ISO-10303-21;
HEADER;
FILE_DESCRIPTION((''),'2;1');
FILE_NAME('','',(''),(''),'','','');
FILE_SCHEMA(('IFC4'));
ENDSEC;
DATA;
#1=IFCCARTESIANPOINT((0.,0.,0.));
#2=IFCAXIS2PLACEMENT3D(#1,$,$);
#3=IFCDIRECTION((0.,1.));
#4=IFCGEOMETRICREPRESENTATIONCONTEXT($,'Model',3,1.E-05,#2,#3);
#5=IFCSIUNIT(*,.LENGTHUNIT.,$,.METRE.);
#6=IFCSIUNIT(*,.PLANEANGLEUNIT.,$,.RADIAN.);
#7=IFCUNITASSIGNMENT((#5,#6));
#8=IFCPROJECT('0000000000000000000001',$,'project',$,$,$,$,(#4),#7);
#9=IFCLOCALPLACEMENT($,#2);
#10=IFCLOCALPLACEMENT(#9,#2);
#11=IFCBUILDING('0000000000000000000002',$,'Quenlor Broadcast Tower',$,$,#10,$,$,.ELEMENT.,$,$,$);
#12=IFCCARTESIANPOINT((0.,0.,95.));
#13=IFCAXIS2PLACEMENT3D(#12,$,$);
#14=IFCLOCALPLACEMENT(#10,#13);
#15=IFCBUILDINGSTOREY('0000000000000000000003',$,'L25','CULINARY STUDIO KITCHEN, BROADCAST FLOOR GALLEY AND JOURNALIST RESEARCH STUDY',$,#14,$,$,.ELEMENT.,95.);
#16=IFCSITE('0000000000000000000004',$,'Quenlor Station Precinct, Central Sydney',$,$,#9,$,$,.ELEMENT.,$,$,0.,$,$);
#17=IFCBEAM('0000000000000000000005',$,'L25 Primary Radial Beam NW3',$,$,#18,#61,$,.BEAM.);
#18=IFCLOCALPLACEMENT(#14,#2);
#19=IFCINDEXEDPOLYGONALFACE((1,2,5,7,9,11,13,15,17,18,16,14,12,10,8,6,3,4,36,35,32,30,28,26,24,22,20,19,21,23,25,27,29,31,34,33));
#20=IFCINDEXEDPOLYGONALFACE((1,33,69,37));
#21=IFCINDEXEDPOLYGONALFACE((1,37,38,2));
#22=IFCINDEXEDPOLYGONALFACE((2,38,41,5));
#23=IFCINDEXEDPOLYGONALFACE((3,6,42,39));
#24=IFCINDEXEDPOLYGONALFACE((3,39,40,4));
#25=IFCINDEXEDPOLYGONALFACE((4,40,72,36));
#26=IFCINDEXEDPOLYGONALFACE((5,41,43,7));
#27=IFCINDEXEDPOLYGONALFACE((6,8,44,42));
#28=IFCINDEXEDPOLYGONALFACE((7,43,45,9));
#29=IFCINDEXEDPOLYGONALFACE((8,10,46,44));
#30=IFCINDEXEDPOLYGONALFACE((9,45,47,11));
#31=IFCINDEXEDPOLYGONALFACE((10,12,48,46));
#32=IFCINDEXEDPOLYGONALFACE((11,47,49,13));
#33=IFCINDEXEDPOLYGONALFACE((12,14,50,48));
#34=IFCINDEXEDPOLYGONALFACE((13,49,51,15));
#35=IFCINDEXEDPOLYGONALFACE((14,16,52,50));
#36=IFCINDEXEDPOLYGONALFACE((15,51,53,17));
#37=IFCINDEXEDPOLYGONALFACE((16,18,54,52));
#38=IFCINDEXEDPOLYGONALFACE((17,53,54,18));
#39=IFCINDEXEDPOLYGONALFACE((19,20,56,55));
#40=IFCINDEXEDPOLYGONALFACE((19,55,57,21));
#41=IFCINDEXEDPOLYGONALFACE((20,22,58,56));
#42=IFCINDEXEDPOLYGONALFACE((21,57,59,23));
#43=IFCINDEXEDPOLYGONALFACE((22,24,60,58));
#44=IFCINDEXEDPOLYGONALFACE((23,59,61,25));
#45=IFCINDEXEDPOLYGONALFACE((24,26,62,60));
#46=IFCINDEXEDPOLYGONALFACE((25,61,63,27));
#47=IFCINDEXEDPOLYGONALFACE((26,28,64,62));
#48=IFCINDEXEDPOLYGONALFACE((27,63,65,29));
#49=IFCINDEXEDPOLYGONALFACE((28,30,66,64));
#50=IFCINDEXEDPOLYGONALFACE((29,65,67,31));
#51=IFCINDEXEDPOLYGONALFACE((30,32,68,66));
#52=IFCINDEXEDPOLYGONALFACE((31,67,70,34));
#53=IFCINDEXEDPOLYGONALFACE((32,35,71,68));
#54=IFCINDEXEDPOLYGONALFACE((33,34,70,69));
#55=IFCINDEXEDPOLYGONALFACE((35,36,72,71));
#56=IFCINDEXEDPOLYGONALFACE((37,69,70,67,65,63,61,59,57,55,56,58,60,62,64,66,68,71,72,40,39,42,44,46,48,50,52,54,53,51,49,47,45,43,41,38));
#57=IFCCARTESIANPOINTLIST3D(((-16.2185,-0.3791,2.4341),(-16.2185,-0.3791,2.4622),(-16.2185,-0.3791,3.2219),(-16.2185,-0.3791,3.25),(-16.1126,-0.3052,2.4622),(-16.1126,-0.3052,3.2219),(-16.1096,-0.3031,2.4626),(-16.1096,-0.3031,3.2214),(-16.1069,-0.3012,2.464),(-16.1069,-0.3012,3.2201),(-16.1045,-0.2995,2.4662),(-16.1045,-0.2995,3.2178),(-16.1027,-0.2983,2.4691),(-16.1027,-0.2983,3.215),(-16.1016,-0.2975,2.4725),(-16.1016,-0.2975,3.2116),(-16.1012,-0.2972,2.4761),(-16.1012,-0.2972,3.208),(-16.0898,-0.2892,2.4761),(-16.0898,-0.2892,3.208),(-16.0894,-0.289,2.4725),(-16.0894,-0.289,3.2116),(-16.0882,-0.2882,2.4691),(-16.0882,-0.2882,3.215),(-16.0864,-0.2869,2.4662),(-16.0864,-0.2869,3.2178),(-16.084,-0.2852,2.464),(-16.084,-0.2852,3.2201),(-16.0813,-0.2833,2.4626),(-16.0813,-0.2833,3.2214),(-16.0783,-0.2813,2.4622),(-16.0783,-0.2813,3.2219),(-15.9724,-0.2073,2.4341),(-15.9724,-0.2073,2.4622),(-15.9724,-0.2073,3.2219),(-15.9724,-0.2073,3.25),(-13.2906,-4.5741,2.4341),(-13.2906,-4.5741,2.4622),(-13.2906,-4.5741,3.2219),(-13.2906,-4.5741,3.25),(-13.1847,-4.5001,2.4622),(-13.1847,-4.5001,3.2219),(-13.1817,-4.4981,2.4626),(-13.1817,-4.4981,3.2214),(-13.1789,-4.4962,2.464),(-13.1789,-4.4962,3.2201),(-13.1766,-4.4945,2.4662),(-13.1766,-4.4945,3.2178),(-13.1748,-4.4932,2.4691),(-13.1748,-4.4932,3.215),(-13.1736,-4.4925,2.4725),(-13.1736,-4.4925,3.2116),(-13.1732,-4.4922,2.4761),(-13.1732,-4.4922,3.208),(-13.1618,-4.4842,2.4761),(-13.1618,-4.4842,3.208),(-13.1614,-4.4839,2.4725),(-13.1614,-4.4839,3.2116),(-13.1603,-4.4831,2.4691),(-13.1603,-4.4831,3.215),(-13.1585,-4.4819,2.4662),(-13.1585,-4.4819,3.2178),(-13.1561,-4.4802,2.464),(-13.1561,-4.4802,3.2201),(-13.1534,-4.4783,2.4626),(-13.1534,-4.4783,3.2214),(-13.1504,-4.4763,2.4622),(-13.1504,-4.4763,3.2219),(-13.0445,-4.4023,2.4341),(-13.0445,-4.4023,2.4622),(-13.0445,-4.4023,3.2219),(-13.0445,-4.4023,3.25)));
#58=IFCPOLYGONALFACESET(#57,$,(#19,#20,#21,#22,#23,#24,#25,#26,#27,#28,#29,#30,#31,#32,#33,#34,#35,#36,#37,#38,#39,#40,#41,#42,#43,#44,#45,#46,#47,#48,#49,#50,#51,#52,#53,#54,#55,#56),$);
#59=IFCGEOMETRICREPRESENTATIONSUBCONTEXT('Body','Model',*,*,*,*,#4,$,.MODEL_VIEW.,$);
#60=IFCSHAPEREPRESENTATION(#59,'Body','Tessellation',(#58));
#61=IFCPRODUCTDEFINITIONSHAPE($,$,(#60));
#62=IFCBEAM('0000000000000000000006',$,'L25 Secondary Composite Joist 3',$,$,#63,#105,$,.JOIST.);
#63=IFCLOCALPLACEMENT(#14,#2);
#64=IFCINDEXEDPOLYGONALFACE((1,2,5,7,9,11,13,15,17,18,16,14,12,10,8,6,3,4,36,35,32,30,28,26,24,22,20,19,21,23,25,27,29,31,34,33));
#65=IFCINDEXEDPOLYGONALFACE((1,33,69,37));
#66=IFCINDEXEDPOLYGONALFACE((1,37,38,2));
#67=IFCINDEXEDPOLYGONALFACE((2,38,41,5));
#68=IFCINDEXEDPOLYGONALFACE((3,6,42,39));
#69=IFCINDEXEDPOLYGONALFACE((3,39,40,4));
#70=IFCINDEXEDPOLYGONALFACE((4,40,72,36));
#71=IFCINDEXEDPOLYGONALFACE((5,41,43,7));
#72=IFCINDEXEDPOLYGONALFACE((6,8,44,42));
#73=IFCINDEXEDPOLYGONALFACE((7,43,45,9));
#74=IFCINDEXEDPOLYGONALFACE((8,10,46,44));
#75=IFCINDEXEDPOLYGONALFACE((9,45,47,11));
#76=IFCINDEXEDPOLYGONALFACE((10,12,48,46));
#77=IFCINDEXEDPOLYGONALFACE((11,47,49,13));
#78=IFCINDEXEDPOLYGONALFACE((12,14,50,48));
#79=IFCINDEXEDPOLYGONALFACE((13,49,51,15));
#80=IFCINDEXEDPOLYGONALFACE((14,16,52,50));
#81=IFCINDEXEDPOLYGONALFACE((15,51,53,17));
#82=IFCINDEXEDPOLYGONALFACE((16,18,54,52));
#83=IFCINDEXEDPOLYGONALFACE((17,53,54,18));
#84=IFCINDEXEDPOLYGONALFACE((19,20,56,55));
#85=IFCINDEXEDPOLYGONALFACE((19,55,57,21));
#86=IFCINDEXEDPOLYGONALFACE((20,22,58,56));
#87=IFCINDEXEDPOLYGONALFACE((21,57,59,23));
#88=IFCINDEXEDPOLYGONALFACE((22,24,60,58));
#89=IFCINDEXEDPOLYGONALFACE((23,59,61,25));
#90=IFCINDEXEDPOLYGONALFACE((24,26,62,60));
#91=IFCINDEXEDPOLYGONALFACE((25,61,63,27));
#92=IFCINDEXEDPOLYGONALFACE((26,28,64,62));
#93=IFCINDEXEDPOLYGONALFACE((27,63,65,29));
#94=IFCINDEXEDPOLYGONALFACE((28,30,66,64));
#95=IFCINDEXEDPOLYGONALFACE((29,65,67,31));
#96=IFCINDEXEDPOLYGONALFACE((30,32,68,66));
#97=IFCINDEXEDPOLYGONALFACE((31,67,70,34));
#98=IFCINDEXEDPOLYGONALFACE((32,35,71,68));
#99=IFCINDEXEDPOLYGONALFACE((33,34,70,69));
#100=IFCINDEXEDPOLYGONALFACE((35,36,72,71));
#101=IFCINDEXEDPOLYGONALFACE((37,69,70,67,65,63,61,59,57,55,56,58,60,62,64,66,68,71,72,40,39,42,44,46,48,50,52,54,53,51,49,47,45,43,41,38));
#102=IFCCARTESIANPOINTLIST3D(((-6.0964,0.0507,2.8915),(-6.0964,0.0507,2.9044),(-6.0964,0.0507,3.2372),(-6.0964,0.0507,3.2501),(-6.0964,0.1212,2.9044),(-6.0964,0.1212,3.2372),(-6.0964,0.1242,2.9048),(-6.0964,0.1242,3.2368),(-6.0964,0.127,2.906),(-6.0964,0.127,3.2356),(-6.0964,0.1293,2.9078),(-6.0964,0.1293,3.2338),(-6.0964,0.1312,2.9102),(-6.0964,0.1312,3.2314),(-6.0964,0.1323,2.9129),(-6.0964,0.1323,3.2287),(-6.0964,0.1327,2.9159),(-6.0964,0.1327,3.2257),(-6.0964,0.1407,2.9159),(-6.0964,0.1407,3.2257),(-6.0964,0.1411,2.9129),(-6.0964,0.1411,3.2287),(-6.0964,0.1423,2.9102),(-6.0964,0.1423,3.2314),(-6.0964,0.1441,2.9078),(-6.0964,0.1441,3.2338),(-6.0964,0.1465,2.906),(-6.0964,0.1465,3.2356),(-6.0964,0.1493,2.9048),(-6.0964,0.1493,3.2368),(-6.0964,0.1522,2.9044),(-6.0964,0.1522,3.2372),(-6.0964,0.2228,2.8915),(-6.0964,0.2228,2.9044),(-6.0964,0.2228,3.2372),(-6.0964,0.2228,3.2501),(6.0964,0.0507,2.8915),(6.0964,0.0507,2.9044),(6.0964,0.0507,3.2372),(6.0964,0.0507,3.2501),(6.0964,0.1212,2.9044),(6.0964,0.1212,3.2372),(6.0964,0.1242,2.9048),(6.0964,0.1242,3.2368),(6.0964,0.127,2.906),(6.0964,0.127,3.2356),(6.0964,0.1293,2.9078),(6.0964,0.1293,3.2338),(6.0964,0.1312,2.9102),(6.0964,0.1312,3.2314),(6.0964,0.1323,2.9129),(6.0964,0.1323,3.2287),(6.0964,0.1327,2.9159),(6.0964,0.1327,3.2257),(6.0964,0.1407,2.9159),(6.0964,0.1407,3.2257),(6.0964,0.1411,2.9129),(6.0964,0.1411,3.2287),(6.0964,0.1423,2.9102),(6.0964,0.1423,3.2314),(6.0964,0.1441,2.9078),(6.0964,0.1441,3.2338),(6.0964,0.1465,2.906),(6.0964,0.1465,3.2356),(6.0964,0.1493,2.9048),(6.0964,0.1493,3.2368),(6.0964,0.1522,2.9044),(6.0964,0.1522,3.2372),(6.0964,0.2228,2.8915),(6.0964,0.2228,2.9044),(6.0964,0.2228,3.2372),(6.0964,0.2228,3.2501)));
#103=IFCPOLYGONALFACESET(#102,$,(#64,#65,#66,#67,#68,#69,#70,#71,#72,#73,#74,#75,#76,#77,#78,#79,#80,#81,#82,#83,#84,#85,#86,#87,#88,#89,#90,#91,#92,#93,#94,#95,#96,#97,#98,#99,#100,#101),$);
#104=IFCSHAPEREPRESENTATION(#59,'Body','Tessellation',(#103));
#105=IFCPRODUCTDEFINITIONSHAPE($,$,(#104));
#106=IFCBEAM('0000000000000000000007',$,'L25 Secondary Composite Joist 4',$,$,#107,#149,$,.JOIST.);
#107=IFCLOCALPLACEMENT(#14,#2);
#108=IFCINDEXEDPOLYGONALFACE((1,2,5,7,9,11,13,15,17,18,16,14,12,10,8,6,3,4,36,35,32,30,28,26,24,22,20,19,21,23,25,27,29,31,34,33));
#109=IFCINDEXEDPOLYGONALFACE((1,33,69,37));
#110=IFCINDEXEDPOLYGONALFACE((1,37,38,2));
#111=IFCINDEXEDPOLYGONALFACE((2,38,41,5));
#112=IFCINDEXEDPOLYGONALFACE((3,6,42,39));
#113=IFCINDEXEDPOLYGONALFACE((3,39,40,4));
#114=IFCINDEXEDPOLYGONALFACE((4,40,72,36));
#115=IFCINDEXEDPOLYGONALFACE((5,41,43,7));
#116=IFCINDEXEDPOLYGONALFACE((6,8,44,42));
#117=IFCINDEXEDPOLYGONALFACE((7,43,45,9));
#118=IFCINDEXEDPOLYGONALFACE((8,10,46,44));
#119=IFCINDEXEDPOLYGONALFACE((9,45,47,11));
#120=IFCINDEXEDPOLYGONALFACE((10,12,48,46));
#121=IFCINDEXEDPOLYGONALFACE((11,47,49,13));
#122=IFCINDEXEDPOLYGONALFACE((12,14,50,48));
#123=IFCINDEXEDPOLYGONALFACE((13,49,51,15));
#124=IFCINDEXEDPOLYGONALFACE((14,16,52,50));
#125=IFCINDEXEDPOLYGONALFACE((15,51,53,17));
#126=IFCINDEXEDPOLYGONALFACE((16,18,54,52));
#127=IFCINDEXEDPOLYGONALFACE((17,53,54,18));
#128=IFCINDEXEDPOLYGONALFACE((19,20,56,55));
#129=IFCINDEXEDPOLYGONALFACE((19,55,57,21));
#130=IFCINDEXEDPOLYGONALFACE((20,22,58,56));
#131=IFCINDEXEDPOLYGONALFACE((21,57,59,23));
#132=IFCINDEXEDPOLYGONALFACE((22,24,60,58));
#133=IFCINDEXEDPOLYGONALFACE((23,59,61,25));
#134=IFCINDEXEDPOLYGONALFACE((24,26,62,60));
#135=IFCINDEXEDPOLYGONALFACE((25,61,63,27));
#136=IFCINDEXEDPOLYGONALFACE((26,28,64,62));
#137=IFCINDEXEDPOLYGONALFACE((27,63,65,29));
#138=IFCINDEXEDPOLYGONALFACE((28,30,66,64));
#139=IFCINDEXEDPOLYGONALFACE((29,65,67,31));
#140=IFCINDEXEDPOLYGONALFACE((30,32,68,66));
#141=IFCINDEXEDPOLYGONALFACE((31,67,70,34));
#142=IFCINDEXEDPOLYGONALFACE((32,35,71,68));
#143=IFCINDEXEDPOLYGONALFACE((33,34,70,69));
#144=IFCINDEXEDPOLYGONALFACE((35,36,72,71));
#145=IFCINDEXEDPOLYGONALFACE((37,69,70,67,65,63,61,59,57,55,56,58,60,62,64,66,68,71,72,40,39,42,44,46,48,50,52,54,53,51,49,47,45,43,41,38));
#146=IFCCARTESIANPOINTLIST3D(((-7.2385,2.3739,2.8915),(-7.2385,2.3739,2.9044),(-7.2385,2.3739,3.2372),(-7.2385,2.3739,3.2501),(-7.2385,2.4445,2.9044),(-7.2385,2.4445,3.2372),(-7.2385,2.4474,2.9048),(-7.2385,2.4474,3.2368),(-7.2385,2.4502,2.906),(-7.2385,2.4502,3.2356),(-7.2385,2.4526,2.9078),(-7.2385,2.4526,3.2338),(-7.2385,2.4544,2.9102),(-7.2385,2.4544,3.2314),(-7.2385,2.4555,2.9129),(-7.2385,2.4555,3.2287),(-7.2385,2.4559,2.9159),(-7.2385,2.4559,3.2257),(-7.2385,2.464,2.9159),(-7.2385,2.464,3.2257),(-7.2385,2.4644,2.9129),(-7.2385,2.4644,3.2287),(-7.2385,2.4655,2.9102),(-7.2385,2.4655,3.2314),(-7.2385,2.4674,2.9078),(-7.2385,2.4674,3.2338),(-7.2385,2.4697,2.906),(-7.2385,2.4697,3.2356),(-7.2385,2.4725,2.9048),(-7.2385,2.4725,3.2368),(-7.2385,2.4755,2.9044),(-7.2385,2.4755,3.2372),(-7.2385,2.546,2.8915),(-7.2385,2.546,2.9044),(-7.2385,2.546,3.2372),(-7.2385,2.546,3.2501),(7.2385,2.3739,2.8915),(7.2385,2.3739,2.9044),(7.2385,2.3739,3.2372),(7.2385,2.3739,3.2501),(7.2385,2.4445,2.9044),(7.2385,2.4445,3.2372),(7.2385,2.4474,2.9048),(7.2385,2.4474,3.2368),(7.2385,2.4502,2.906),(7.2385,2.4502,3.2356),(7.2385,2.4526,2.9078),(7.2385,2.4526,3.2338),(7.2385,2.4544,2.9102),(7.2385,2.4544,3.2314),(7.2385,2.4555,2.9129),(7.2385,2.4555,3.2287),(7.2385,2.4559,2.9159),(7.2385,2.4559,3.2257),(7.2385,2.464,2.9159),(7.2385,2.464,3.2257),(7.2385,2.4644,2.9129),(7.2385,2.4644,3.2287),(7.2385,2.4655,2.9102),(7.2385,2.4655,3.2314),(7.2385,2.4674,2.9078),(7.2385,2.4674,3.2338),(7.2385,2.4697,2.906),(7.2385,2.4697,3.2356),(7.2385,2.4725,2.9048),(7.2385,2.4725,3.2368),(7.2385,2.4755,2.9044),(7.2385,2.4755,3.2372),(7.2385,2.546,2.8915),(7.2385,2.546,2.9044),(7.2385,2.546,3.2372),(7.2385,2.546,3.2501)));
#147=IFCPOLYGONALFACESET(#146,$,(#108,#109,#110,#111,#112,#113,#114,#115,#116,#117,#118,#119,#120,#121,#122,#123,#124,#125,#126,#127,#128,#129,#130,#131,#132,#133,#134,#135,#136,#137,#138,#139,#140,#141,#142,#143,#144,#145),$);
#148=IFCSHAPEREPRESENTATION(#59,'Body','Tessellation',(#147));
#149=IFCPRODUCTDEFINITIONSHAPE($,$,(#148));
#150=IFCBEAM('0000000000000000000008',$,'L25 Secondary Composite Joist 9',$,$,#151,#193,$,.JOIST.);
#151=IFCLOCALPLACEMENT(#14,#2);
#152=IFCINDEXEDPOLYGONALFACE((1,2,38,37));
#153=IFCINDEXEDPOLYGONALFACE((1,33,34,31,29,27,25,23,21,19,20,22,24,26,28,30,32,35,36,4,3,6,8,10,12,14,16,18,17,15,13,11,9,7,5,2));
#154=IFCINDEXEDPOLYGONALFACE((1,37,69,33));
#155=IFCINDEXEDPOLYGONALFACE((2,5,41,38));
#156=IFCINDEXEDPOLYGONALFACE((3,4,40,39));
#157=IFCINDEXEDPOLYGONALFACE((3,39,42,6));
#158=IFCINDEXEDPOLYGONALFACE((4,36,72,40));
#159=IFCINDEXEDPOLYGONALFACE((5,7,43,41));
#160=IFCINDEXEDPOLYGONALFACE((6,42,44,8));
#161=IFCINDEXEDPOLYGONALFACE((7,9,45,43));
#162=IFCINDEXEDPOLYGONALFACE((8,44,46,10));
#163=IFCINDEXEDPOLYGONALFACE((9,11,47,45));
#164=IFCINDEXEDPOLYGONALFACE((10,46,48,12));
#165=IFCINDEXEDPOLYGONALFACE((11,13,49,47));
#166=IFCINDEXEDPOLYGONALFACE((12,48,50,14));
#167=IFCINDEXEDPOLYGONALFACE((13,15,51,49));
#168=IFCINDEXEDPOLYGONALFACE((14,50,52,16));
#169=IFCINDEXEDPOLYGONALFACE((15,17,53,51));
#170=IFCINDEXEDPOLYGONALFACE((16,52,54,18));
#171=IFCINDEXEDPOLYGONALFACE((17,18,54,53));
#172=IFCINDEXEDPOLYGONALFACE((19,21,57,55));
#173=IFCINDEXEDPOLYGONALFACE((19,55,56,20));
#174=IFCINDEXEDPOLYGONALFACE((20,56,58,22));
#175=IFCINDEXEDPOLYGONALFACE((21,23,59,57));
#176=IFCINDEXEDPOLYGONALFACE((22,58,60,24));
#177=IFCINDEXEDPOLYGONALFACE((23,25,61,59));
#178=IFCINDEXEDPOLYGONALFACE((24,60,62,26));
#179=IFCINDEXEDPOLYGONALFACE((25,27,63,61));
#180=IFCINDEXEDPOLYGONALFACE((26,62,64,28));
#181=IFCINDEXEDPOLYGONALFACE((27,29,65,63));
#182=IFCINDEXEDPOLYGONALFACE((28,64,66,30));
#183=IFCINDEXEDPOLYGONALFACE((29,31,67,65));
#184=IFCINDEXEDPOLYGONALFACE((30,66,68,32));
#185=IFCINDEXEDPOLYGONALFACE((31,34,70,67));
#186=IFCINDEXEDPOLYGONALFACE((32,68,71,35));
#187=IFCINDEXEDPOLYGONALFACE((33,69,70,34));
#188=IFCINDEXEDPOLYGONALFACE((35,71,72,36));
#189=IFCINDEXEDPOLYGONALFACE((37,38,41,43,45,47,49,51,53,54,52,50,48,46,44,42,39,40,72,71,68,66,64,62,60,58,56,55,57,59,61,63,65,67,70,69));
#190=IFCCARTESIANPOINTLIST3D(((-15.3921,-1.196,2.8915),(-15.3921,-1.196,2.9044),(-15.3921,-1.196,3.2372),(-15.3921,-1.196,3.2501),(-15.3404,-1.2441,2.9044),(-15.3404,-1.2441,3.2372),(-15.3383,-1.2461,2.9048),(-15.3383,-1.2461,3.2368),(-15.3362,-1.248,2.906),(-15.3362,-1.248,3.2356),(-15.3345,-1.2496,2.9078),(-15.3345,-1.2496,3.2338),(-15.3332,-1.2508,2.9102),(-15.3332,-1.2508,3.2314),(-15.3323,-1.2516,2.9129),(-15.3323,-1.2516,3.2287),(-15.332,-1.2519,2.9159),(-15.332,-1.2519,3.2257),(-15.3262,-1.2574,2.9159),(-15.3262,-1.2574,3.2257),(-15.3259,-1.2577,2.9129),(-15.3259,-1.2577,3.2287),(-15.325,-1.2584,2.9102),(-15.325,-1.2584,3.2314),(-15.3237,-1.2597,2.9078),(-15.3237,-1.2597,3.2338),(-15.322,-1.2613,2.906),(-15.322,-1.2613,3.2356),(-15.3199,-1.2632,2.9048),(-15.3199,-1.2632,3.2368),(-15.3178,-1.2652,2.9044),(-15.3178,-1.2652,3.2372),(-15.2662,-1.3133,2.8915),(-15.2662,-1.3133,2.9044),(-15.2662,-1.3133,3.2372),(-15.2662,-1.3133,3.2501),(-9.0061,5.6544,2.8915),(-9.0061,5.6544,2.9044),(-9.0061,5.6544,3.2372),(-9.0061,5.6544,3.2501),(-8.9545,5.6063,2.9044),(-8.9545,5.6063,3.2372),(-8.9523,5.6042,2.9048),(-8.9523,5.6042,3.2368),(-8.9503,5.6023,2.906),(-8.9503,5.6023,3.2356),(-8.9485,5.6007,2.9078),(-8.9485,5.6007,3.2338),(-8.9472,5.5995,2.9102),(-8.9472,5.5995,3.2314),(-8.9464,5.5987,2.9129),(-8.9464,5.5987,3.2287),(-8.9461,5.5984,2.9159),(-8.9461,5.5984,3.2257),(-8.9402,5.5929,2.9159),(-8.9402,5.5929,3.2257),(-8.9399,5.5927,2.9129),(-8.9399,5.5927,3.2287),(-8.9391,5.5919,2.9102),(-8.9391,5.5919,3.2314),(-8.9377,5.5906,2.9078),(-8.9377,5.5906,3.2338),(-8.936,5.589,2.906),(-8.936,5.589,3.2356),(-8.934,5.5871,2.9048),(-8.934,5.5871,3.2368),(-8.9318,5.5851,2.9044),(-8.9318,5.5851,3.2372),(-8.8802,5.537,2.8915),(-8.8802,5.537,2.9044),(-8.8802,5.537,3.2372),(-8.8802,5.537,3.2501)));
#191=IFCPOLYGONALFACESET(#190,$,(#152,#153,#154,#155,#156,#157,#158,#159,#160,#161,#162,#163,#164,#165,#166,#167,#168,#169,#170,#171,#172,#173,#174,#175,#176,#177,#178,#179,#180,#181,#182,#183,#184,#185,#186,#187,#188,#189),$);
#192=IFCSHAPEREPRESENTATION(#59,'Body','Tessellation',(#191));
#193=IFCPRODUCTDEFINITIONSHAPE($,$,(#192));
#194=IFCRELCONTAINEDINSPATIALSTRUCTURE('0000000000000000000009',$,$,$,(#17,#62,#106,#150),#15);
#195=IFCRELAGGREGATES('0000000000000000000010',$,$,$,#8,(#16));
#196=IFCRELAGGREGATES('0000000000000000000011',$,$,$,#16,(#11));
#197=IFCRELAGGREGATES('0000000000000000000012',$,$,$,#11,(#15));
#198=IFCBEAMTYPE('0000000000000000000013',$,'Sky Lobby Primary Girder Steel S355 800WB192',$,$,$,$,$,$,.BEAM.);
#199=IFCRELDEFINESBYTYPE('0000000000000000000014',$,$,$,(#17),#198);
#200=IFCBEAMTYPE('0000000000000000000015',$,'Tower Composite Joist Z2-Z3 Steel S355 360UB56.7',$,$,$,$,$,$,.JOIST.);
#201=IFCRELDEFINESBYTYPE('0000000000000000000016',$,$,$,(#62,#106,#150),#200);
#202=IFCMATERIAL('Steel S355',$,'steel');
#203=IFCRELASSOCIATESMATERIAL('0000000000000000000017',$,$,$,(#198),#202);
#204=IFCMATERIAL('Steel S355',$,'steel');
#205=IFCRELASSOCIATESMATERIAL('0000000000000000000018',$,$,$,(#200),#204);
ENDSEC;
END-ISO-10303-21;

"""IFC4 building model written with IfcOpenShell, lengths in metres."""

from ifc_helpers import new_model, si_unit, direction, frame, origin, origin_2d, place, context, subcontext, project, spatial, i_section, extrude, material, material_profile, profile_set, type_object, element, save


model = new_model("IFC4")

# Units and contexts
model_context = context("Model", 3, precision=1e-05, world=origin(), true_north=direction((0.0, 1.0)))
body_context = subcontext(model_context, "Body", "Model", "MODEL_VIEW")
ifc_project = project(units=[si_unit("LENGTHUNIT", "METRE"), si_unit("PLANEANGLEUNIT", "RADIAN")], contexts=[model_context])

# Site, building, storey
site_placement = place(None, origin())
site = spatial("IfcSite", under=ifc_project, at=site_placement, Name="Quenlor Station Precinct, Central Sydney", CompositionType="ELEMENT", RefElevation=0.0)
building_placement = place(site_placement, origin())
building = spatial("IfcBuilding", under=site, at=building_placement, Name="Quenlor Broadcast Tower", CompositionType="ELEMENT")
storey_placement = place(building_placement, frame((0.0, 0.0, 95.0)))
storey = spatial("IfcBuildingStorey", under=building, at=storey_placement, Name="L25", Description="CULINARY STUDIO KITCHEN, BROADCAST FLOOR GALLEY AND JOURNALIST RESEARCH STUDY", CompositionType="ELEMENT", Elevation=95.0)

# Beams
ifc_material_1 = material(Name="Steel S355", Category="steel")
ifc_material_profile_1 = material_profile(ifc_material_1, i_section(OverallWidth=0.3, OverallDepth=0.8159, WebThickness=0.0139, FlangeThickness=0.0281, FilletRadius=0.0139, at=origin_2d()))
ifc_profile_set_1 = profile_set([ifc_material_profile_1], Name="Steel S355 800WB192")
beam_type_1 = type_object("IfcBeamType", Name="Sky Lobby Primary Girder Steel S355 800WB192", PredefinedType="BEAM", material=ifc_profile_set_1)
beam_1_placement = place(storey_placement, frame((-16.0955, -0.2932, 2.842), z_axis=(0.572338, -0.820018, 0.0), x_axis=(0.820018, 0.572338, 0.0)))
element("IfcBeam", 1, at=beam_1_placement, inside=storey, type_object=beam_type_1, Name="L25 Primary Radial Beam NW3", PredefinedType="BEAM", context=body_context, shape_type="SweptSolid", body=[
    extrude(i_section(OverallWidth=0.3, OverallDepth=0.8159, WebThickness=0.0139, FlangeThickness=0.0281, FilletRadius=0.0139, at=origin_2d()), origin(), (0.0, 0.0, 1.0), 5.1157),
])
ifc_material_2 = material(Name="Steel S355", Category="steel")
ifc_material_profile_2 = material_profile(ifc_material_2, i_section(OverallWidth=0.1721, OverallDepth=0.3586, WebThickness=0.0081, FlangeThickness=0.0129, FilletRadius=0.0115, at=origin_2d()))
ifc_profile_set_2 = profile_set([ifc_material_profile_2], Name="Steel S355 360UB56.7")
beam_type_2 = type_object("IfcBeamType", Name="Tower Composite Joist Z2-Z3 Steel S355 360UB56.7", PredefinedType="JOIST", material=ifc_profile_set_2)
beam_2_placement = place(storey_placement, frame((-6.0964, 0.1367, 3.0708), z_axis=(1.0, 0.0, 0.0), x_axis=(0.0, 1.0, 0.0)))
element("IfcBeam", 2, at=beam_2_placement, inside=storey, type_object=beam_type_2, Name="L25 Secondary Composite Joist 3", PredefinedType="JOIST", context=body_context, shape_type="SweptSolid", body=[
    extrude(i_section(OverallWidth=0.1721, OverallDepth=0.3586, WebThickness=0.0081, FlangeThickness=0.0129, FilletRadius=0.0115, at=origin_2d()), origin(), (0.0, 0.0, 1.0), 12.1929),
])
beam_3_placement = place(storey_placement, frame((-7.2385, 2.46, 3.0708), z_axis=(1.0, 0.0, 0.0), x_axis=(0.0, 1.0, 0.0)))
element("IfcBeam", 3, at=beam_3_placement, inside=storey, type_object=beam_type_2, Name="L25 Secondary Composite Joist 4", PredefinedType="JOIST", context=body_context, shape_type="SweptSolid", body=[
    extrude(i_section(OverallWidth=0.1721, OverallDepth=0.3586, WebThickness=0.0081, FlangeThickness=0.0129, FilletRadius=0.0115, at=origin_2d()), origin(), (0.0, 0.0, 1.0), 14.4771),
])
beam_4_placement = place(storey_placement, frame((-15.3291, -1.2546, 3.0708), z_axis=(0.681881, 0.731463, 0.0), x_axis=(-0.731463, 0.681881, 0.0)))
element("IfcBeam", 4, at=beam_4_placement, inside=storey, type_object=beam_type_2, Name="L25 Secondary Composite Joist 9", PredefinedType="JOIST", context=body_context, shape_type="SweptSolid", body=[
    extrude(i_section(OverallWidth=0.1721, OverallDepth=0.3586, WebThickness=0.0081, FlangeThickness=0.0129, FilletRadius=0.0115, at=origin_2d()), origin(), (0.0, 0.0, 1.0), 9.3652),
])

save(model, "model.ifc")
